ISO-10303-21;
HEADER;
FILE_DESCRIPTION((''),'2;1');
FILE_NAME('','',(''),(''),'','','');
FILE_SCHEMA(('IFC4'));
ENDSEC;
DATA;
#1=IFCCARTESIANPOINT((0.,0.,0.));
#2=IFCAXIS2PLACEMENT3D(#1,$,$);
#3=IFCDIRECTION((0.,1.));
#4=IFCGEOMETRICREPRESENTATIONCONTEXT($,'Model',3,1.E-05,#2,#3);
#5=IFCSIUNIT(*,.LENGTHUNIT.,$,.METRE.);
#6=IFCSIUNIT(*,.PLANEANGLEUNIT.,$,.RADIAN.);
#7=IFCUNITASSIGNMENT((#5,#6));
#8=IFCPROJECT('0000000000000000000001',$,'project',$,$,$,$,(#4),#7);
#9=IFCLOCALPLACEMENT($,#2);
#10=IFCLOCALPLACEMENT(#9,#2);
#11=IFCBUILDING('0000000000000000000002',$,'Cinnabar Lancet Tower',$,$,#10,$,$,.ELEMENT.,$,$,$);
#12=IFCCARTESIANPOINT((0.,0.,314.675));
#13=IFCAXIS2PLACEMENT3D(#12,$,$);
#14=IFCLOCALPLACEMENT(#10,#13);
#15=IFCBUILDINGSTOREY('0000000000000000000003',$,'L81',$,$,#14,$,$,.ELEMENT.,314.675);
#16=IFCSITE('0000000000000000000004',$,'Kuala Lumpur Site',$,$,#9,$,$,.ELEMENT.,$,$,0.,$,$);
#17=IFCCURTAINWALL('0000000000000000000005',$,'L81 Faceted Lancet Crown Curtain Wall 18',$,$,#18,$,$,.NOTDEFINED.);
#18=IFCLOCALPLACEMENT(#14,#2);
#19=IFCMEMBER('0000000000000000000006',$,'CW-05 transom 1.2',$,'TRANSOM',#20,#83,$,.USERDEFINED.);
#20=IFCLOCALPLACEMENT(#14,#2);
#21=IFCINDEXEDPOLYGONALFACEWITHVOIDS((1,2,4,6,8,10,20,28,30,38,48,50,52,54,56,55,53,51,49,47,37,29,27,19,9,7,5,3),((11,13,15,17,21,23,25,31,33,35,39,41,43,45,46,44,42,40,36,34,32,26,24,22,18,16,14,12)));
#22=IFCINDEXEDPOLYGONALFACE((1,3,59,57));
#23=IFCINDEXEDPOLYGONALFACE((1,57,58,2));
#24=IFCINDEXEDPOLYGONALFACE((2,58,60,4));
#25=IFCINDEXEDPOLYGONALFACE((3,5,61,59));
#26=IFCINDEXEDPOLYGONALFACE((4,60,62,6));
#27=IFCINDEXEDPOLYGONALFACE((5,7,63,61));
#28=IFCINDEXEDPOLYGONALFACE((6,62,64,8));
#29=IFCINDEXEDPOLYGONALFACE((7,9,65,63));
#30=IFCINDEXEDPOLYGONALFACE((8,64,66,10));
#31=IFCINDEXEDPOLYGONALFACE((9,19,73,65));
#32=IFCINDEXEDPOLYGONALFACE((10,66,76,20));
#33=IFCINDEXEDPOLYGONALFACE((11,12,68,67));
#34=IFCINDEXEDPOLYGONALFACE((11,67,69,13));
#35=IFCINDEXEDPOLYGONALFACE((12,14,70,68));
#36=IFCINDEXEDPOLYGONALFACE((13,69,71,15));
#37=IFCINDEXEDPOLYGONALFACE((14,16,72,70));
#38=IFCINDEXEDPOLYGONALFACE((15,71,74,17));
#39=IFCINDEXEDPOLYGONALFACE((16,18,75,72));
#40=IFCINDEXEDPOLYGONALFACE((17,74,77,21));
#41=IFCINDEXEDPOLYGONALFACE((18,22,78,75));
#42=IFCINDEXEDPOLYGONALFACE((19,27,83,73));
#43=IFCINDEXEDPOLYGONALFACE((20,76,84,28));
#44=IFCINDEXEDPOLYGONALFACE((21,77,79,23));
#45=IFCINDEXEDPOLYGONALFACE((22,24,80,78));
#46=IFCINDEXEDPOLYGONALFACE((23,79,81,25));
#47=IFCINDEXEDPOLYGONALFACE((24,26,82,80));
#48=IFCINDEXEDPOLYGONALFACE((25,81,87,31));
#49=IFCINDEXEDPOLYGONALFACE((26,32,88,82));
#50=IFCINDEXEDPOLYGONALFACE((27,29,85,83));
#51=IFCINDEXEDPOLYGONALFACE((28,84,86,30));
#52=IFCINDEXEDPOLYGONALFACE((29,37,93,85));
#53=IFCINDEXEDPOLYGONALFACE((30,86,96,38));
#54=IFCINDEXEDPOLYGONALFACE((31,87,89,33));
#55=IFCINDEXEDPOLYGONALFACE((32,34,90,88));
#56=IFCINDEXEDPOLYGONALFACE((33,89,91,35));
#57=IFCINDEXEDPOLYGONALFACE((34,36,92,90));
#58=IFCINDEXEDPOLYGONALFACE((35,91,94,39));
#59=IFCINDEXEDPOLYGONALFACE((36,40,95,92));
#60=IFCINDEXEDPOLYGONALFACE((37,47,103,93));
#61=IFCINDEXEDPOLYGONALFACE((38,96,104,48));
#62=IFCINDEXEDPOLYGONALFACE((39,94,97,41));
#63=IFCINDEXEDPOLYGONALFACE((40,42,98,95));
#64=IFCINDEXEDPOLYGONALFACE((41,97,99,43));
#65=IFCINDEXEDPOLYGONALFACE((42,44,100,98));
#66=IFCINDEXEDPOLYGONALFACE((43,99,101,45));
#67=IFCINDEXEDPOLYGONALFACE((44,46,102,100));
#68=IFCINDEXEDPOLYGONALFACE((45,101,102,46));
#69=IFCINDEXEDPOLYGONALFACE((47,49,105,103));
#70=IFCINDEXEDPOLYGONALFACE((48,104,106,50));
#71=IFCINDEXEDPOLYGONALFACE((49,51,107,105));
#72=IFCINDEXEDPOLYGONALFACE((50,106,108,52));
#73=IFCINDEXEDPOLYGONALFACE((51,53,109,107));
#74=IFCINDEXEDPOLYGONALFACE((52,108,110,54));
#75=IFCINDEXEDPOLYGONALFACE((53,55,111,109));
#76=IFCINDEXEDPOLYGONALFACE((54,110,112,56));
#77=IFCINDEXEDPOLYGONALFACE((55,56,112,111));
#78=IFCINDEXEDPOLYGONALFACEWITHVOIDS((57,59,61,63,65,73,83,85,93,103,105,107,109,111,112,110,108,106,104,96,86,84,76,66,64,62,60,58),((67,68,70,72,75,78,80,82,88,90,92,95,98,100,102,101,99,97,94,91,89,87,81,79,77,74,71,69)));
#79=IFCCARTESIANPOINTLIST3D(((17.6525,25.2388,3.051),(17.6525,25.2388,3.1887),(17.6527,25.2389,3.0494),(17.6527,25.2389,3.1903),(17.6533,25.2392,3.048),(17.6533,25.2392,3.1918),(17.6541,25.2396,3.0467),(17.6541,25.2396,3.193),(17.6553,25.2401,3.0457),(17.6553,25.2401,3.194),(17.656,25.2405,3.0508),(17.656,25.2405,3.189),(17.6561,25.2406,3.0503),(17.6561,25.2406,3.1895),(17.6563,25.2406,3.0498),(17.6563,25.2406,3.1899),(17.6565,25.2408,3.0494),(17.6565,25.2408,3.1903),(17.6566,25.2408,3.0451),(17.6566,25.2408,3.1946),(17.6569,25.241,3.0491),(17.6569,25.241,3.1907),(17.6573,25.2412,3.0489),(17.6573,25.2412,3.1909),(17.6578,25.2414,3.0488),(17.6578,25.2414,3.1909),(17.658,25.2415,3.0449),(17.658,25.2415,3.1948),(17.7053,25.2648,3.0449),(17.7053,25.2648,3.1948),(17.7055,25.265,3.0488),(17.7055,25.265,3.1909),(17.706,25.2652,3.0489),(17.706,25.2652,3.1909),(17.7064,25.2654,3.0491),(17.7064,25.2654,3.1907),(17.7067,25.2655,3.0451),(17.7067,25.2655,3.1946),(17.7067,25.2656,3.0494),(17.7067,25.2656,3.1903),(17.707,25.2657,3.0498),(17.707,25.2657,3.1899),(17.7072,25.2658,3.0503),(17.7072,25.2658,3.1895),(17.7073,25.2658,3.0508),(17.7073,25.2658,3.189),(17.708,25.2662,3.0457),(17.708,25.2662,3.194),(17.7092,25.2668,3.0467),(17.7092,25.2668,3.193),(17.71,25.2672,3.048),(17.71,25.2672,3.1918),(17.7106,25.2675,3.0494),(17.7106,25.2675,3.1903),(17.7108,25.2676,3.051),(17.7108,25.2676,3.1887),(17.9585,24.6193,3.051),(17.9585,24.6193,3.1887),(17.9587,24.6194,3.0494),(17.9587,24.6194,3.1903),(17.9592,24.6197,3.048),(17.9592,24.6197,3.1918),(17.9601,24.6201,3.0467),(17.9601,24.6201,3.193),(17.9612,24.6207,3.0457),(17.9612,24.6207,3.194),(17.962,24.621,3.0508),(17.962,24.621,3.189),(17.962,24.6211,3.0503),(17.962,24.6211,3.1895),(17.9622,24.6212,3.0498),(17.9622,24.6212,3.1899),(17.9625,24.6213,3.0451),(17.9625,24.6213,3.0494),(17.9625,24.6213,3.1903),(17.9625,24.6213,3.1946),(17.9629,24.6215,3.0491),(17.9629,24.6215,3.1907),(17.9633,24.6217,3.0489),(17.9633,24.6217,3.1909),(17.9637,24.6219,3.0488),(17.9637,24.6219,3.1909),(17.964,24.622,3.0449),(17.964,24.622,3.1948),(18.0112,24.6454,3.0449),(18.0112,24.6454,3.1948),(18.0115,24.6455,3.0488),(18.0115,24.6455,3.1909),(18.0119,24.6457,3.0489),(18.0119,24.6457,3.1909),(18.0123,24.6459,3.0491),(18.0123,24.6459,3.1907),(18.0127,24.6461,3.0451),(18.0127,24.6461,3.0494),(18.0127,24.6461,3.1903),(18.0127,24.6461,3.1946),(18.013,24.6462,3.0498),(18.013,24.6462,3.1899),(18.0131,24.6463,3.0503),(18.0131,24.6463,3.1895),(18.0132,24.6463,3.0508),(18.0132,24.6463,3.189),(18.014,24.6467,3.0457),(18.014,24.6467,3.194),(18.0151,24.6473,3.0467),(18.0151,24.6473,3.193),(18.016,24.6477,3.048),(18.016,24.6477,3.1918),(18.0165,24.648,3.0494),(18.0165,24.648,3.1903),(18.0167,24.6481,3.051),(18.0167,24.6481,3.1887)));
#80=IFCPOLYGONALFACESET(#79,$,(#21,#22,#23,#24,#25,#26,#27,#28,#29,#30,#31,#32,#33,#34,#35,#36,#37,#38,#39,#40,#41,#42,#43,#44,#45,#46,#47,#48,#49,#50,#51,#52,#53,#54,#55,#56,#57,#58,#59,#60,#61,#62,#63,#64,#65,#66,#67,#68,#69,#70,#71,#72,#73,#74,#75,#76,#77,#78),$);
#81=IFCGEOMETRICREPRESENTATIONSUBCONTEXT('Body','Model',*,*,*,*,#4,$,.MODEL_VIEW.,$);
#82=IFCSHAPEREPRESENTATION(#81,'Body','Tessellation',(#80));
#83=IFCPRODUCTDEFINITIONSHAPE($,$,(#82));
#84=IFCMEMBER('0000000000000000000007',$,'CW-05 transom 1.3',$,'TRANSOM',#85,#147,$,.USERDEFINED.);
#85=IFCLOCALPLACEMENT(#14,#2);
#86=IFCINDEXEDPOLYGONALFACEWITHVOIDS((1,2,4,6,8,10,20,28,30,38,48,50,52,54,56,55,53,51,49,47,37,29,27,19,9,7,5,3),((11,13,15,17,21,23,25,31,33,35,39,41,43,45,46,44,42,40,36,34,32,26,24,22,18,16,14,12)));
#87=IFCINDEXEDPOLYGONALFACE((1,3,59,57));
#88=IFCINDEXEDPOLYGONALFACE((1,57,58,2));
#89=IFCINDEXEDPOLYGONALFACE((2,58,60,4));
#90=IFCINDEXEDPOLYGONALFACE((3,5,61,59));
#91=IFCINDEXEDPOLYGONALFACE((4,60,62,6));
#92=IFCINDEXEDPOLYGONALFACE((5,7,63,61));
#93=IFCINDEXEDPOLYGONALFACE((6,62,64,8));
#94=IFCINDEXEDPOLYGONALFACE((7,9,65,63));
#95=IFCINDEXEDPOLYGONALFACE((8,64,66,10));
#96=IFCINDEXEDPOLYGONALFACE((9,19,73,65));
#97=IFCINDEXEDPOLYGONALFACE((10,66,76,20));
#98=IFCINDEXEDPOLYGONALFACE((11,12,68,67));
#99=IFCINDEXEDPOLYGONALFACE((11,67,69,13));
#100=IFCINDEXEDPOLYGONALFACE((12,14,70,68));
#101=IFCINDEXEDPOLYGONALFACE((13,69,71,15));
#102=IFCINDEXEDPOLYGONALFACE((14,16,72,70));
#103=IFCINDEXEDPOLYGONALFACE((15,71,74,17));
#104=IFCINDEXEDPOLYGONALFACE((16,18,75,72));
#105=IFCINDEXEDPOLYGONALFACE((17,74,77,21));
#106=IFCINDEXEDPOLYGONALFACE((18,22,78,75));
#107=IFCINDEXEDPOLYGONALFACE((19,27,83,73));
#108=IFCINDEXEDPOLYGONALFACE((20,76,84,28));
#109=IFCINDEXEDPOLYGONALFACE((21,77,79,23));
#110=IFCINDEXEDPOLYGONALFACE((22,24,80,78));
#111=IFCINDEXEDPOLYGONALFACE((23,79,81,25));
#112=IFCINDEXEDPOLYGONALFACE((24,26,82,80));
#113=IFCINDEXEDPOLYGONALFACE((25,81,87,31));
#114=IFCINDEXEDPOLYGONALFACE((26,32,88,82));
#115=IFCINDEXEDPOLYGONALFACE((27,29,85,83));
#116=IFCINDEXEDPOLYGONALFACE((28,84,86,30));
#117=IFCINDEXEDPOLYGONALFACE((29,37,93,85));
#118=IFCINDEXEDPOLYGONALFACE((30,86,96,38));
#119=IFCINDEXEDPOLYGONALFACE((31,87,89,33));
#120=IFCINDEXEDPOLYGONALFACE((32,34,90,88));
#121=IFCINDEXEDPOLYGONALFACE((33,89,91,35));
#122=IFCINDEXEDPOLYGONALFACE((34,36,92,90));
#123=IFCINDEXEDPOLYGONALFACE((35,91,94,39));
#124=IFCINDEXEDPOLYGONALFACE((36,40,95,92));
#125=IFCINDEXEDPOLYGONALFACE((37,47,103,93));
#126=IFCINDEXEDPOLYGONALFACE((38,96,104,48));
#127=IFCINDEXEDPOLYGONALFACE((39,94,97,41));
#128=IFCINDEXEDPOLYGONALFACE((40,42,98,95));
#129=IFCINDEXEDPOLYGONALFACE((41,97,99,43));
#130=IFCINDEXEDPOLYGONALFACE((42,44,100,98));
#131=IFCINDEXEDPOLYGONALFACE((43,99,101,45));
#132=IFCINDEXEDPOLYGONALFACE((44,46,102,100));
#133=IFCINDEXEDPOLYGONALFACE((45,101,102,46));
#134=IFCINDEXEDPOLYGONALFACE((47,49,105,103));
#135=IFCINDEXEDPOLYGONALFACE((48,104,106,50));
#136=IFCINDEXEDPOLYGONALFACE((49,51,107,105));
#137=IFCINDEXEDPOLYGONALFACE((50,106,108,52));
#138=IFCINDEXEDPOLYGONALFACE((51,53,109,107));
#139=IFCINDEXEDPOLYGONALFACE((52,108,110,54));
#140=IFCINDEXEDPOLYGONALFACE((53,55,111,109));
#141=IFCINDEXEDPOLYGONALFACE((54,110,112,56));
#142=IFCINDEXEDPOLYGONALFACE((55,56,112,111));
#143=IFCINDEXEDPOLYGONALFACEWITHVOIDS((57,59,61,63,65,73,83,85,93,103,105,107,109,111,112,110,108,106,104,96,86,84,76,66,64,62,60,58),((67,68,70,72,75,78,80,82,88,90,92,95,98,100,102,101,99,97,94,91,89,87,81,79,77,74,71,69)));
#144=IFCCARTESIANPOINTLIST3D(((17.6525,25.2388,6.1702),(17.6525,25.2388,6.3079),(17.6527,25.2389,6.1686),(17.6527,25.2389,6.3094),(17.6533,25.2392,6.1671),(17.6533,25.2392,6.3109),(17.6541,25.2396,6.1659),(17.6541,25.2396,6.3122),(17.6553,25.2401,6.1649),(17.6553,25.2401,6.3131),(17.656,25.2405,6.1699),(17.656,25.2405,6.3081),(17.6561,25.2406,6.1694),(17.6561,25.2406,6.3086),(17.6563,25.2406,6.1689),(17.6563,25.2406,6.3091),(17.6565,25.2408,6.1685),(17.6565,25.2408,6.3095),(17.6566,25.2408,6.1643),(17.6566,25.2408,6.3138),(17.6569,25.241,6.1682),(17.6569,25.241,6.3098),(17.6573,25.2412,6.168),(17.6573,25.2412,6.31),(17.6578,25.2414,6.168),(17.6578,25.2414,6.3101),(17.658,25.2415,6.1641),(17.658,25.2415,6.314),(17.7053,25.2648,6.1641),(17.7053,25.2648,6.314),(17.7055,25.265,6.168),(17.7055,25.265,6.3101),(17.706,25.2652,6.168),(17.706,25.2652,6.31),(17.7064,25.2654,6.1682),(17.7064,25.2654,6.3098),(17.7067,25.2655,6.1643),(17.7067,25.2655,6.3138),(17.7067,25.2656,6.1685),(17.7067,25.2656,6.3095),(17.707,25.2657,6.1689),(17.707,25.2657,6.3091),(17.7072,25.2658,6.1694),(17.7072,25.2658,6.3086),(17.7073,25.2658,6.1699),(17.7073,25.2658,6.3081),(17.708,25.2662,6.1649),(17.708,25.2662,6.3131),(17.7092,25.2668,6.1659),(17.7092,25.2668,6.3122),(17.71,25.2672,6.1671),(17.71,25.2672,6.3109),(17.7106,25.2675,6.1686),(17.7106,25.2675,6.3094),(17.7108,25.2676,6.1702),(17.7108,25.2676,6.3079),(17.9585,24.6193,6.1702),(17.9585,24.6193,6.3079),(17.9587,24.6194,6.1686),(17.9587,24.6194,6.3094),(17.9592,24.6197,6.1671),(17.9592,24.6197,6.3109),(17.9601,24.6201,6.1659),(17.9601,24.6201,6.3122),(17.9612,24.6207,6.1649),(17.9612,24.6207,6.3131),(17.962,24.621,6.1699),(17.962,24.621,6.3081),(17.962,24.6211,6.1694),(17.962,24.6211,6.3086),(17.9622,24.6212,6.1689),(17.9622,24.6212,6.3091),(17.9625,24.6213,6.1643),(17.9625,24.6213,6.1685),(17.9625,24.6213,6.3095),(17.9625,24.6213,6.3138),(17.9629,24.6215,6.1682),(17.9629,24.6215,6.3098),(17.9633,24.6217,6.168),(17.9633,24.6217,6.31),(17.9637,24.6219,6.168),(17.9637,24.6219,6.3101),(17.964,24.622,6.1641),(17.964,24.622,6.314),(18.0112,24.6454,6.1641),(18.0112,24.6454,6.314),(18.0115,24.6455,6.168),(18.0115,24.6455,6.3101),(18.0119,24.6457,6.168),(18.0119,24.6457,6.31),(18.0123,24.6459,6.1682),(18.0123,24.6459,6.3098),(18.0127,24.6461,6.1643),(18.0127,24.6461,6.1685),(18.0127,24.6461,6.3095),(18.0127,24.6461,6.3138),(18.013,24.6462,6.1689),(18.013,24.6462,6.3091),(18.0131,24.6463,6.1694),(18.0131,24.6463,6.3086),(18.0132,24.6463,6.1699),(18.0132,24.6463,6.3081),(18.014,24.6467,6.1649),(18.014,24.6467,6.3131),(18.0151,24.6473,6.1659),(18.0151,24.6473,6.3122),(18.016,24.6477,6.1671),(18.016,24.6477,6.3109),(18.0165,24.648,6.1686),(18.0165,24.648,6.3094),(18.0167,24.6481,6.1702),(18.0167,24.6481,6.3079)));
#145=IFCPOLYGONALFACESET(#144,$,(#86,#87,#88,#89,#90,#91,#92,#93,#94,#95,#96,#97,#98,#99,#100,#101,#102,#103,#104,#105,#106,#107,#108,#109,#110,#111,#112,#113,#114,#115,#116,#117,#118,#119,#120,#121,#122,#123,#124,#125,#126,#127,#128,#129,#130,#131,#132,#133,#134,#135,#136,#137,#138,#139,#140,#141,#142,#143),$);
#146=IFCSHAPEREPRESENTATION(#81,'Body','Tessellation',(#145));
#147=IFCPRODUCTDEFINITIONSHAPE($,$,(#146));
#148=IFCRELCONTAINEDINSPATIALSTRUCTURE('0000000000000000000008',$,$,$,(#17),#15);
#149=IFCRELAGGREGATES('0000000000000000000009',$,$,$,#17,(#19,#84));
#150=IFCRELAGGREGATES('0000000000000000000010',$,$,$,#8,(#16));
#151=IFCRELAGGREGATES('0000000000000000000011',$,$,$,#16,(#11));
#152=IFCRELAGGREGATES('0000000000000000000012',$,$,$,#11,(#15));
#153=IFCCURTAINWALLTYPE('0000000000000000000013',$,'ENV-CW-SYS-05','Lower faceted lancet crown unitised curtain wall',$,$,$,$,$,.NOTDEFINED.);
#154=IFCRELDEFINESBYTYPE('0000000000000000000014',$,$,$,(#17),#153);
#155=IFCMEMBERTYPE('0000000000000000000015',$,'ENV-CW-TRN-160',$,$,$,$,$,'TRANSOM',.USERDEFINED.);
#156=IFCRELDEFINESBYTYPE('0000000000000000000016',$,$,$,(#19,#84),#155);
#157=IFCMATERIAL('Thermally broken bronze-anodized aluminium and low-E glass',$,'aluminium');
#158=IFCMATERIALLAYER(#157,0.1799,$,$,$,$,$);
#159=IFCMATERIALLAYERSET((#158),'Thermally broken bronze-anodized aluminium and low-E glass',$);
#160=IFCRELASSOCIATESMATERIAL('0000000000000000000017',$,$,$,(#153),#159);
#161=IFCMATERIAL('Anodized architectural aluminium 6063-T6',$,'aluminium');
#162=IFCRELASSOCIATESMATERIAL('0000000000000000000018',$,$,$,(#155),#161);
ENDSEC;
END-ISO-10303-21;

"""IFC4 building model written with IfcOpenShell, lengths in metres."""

from ifc_helpers import new_model, si_unit, direction, frame, origin, origin_2d, place, context, subcontext, project, spatial, hollow_rectangle, extrude, material, layer, layer_set, material_profile, profile_set, type_object, element, aggregate, save


model = new_model("IFC4")

# Units and contexts
model_context = context("Model", 3, precision=1e-05, world=origin(), true_north=direction((0.0, 1.0)))
body_context = subcontext(model_context, "Body", "Model", "MODEL_VIEW")
ifc_project = project(units=[si_unit("LENGTHUNIT", "METRE"), si_unit("PLANEANGLEUNIT", "RADIAN")], contexts=[model_context])

# Site, building, storey
site_placement = place(None, origin())
site = spatial("IfcSite", under=ifc_project, at=site_placement, Name="Kuala Lumpur Site", CompositionType="ELEMENT", RefElevation=0.0)
building_placement = place(site_placement, origin())
building = spatial("IfcBuilding", under=site, at=building_placement, Name="Cinnabar Lancet Tower", CompositionType="ELEMENT")
storey_placement = place(building_placement, frame((0.0, 0.0, 314.675)))
storey = spatial("IfcBuildingStorey", under=building, at=storey_placement, Name="L81", CompositionType="ELEMENT", Elevation=314.675)

# Shared definitions
ifc_material_1 = material(Name="Thermally broken bronze-anodized aluminium and low-E glass", Category="aluminium")
ifc_layer_1 = layer(ifc_material_1, 0.1799)
ifc_layer_set_1 = layer_set([ifc_layer_1], Name="Thermally broken bronze-anodized aluminium and low-E glass")
curtain_wall_type = type_object("IfcCurtainWallType", Name="ENV-CW-SYS-05", Description="Lower faceted lancet crown unitised curtain wall", PredefinedType="NOTDEFINED", material=ifc_layer_set_1)

# Curtain wall
curtain_wall_1_placement = place(storey_placement, origin())
curtain_wall_1 = element("IfcCurtainWall", 1, at=curtain_wall_1_placement, inside=storey, type_object=curtain_wall_type, Name="L81 Faceted Lancet Crown Curtain Wall 18", PredefinedType="NOTDEFINED")

# Members
ifc_material_2 = material(Name="Anodized architectural aluminium 6063-T6", Category="aluminium")
ifc_material_profile_1 = material_profile(ifc_material_2, hollow_rectangle(XDim=0.0649, YDim=0.1499, WallThickness=0.0039, InnerFilletRadius=0.002, OuterFilletRadius=0.0061, at=origin_2d()), Name="CW-TRN 150x65x4")
ifc_profile_set_1 = profile_set([ifc_material_profile_1], Name="Anodized architectural aluminium 6063-T6")
member_type_1 = type_object("IfcMemberType", Name="ENV-CW-TRN-160", ElementType="TRANSOM", PredefinedType="USERDEFINED", material=ifc_profile_set_1)
member_1_placement = place(storey_placement, frame((17.6816, 25.2532, 3.1199), z_axis=(0.442826, -0.896608, 0.0), x_axis=(0.896608, 0.442826, 0.0)))
member_1 = element("IfcMember", 2, at=member_1_placement, type_object=member_type_1, Name="CW-05 transom 1.2", ObjectType="TRANSOM", PredefinedType="USERDEFINED", context=body_context, shape_type="SweptSolid", body=[
    extrude(hollow_rectangle(XDim=0.0649, YDim=0.1499, WallThickness=0.0039, InnerFilletRadius=0.002, OuterFilletRadius=0.0061, at=origin_2d()), origin(), (0.0, 0.0, 1.0), 0.6909),
])
member_2_placement = place(storey_placement, frame((17.6816, 25.2532, 6.239), z_axis=(0.442826, -0.896608, 0.0), x_axis=(0.896608, 0.442826, 0.0)))
member_2 = element("IfcMember", 3, at=member_2_placement, type_object=member_type_1, Name="CW-05 transom 1.3", ObjectType="TRANSOM", PredefinedType="USERDEFINED", context=body_context, shape_type="SweptSolid", body=[
    extrude(hollow_rectangle(XDim=0.0649, YDim=0.1499, WallThickness=0.0039, InnerFilletRadius=0.002, OuterFilletRadius=0.0061, at=origin_2d()), origin(), (0.0, 0.0, 1.0), 0.6909),
])

aggregate(curtain_wall_1, [member_1, member_2])

save(model, "model.ifc")
